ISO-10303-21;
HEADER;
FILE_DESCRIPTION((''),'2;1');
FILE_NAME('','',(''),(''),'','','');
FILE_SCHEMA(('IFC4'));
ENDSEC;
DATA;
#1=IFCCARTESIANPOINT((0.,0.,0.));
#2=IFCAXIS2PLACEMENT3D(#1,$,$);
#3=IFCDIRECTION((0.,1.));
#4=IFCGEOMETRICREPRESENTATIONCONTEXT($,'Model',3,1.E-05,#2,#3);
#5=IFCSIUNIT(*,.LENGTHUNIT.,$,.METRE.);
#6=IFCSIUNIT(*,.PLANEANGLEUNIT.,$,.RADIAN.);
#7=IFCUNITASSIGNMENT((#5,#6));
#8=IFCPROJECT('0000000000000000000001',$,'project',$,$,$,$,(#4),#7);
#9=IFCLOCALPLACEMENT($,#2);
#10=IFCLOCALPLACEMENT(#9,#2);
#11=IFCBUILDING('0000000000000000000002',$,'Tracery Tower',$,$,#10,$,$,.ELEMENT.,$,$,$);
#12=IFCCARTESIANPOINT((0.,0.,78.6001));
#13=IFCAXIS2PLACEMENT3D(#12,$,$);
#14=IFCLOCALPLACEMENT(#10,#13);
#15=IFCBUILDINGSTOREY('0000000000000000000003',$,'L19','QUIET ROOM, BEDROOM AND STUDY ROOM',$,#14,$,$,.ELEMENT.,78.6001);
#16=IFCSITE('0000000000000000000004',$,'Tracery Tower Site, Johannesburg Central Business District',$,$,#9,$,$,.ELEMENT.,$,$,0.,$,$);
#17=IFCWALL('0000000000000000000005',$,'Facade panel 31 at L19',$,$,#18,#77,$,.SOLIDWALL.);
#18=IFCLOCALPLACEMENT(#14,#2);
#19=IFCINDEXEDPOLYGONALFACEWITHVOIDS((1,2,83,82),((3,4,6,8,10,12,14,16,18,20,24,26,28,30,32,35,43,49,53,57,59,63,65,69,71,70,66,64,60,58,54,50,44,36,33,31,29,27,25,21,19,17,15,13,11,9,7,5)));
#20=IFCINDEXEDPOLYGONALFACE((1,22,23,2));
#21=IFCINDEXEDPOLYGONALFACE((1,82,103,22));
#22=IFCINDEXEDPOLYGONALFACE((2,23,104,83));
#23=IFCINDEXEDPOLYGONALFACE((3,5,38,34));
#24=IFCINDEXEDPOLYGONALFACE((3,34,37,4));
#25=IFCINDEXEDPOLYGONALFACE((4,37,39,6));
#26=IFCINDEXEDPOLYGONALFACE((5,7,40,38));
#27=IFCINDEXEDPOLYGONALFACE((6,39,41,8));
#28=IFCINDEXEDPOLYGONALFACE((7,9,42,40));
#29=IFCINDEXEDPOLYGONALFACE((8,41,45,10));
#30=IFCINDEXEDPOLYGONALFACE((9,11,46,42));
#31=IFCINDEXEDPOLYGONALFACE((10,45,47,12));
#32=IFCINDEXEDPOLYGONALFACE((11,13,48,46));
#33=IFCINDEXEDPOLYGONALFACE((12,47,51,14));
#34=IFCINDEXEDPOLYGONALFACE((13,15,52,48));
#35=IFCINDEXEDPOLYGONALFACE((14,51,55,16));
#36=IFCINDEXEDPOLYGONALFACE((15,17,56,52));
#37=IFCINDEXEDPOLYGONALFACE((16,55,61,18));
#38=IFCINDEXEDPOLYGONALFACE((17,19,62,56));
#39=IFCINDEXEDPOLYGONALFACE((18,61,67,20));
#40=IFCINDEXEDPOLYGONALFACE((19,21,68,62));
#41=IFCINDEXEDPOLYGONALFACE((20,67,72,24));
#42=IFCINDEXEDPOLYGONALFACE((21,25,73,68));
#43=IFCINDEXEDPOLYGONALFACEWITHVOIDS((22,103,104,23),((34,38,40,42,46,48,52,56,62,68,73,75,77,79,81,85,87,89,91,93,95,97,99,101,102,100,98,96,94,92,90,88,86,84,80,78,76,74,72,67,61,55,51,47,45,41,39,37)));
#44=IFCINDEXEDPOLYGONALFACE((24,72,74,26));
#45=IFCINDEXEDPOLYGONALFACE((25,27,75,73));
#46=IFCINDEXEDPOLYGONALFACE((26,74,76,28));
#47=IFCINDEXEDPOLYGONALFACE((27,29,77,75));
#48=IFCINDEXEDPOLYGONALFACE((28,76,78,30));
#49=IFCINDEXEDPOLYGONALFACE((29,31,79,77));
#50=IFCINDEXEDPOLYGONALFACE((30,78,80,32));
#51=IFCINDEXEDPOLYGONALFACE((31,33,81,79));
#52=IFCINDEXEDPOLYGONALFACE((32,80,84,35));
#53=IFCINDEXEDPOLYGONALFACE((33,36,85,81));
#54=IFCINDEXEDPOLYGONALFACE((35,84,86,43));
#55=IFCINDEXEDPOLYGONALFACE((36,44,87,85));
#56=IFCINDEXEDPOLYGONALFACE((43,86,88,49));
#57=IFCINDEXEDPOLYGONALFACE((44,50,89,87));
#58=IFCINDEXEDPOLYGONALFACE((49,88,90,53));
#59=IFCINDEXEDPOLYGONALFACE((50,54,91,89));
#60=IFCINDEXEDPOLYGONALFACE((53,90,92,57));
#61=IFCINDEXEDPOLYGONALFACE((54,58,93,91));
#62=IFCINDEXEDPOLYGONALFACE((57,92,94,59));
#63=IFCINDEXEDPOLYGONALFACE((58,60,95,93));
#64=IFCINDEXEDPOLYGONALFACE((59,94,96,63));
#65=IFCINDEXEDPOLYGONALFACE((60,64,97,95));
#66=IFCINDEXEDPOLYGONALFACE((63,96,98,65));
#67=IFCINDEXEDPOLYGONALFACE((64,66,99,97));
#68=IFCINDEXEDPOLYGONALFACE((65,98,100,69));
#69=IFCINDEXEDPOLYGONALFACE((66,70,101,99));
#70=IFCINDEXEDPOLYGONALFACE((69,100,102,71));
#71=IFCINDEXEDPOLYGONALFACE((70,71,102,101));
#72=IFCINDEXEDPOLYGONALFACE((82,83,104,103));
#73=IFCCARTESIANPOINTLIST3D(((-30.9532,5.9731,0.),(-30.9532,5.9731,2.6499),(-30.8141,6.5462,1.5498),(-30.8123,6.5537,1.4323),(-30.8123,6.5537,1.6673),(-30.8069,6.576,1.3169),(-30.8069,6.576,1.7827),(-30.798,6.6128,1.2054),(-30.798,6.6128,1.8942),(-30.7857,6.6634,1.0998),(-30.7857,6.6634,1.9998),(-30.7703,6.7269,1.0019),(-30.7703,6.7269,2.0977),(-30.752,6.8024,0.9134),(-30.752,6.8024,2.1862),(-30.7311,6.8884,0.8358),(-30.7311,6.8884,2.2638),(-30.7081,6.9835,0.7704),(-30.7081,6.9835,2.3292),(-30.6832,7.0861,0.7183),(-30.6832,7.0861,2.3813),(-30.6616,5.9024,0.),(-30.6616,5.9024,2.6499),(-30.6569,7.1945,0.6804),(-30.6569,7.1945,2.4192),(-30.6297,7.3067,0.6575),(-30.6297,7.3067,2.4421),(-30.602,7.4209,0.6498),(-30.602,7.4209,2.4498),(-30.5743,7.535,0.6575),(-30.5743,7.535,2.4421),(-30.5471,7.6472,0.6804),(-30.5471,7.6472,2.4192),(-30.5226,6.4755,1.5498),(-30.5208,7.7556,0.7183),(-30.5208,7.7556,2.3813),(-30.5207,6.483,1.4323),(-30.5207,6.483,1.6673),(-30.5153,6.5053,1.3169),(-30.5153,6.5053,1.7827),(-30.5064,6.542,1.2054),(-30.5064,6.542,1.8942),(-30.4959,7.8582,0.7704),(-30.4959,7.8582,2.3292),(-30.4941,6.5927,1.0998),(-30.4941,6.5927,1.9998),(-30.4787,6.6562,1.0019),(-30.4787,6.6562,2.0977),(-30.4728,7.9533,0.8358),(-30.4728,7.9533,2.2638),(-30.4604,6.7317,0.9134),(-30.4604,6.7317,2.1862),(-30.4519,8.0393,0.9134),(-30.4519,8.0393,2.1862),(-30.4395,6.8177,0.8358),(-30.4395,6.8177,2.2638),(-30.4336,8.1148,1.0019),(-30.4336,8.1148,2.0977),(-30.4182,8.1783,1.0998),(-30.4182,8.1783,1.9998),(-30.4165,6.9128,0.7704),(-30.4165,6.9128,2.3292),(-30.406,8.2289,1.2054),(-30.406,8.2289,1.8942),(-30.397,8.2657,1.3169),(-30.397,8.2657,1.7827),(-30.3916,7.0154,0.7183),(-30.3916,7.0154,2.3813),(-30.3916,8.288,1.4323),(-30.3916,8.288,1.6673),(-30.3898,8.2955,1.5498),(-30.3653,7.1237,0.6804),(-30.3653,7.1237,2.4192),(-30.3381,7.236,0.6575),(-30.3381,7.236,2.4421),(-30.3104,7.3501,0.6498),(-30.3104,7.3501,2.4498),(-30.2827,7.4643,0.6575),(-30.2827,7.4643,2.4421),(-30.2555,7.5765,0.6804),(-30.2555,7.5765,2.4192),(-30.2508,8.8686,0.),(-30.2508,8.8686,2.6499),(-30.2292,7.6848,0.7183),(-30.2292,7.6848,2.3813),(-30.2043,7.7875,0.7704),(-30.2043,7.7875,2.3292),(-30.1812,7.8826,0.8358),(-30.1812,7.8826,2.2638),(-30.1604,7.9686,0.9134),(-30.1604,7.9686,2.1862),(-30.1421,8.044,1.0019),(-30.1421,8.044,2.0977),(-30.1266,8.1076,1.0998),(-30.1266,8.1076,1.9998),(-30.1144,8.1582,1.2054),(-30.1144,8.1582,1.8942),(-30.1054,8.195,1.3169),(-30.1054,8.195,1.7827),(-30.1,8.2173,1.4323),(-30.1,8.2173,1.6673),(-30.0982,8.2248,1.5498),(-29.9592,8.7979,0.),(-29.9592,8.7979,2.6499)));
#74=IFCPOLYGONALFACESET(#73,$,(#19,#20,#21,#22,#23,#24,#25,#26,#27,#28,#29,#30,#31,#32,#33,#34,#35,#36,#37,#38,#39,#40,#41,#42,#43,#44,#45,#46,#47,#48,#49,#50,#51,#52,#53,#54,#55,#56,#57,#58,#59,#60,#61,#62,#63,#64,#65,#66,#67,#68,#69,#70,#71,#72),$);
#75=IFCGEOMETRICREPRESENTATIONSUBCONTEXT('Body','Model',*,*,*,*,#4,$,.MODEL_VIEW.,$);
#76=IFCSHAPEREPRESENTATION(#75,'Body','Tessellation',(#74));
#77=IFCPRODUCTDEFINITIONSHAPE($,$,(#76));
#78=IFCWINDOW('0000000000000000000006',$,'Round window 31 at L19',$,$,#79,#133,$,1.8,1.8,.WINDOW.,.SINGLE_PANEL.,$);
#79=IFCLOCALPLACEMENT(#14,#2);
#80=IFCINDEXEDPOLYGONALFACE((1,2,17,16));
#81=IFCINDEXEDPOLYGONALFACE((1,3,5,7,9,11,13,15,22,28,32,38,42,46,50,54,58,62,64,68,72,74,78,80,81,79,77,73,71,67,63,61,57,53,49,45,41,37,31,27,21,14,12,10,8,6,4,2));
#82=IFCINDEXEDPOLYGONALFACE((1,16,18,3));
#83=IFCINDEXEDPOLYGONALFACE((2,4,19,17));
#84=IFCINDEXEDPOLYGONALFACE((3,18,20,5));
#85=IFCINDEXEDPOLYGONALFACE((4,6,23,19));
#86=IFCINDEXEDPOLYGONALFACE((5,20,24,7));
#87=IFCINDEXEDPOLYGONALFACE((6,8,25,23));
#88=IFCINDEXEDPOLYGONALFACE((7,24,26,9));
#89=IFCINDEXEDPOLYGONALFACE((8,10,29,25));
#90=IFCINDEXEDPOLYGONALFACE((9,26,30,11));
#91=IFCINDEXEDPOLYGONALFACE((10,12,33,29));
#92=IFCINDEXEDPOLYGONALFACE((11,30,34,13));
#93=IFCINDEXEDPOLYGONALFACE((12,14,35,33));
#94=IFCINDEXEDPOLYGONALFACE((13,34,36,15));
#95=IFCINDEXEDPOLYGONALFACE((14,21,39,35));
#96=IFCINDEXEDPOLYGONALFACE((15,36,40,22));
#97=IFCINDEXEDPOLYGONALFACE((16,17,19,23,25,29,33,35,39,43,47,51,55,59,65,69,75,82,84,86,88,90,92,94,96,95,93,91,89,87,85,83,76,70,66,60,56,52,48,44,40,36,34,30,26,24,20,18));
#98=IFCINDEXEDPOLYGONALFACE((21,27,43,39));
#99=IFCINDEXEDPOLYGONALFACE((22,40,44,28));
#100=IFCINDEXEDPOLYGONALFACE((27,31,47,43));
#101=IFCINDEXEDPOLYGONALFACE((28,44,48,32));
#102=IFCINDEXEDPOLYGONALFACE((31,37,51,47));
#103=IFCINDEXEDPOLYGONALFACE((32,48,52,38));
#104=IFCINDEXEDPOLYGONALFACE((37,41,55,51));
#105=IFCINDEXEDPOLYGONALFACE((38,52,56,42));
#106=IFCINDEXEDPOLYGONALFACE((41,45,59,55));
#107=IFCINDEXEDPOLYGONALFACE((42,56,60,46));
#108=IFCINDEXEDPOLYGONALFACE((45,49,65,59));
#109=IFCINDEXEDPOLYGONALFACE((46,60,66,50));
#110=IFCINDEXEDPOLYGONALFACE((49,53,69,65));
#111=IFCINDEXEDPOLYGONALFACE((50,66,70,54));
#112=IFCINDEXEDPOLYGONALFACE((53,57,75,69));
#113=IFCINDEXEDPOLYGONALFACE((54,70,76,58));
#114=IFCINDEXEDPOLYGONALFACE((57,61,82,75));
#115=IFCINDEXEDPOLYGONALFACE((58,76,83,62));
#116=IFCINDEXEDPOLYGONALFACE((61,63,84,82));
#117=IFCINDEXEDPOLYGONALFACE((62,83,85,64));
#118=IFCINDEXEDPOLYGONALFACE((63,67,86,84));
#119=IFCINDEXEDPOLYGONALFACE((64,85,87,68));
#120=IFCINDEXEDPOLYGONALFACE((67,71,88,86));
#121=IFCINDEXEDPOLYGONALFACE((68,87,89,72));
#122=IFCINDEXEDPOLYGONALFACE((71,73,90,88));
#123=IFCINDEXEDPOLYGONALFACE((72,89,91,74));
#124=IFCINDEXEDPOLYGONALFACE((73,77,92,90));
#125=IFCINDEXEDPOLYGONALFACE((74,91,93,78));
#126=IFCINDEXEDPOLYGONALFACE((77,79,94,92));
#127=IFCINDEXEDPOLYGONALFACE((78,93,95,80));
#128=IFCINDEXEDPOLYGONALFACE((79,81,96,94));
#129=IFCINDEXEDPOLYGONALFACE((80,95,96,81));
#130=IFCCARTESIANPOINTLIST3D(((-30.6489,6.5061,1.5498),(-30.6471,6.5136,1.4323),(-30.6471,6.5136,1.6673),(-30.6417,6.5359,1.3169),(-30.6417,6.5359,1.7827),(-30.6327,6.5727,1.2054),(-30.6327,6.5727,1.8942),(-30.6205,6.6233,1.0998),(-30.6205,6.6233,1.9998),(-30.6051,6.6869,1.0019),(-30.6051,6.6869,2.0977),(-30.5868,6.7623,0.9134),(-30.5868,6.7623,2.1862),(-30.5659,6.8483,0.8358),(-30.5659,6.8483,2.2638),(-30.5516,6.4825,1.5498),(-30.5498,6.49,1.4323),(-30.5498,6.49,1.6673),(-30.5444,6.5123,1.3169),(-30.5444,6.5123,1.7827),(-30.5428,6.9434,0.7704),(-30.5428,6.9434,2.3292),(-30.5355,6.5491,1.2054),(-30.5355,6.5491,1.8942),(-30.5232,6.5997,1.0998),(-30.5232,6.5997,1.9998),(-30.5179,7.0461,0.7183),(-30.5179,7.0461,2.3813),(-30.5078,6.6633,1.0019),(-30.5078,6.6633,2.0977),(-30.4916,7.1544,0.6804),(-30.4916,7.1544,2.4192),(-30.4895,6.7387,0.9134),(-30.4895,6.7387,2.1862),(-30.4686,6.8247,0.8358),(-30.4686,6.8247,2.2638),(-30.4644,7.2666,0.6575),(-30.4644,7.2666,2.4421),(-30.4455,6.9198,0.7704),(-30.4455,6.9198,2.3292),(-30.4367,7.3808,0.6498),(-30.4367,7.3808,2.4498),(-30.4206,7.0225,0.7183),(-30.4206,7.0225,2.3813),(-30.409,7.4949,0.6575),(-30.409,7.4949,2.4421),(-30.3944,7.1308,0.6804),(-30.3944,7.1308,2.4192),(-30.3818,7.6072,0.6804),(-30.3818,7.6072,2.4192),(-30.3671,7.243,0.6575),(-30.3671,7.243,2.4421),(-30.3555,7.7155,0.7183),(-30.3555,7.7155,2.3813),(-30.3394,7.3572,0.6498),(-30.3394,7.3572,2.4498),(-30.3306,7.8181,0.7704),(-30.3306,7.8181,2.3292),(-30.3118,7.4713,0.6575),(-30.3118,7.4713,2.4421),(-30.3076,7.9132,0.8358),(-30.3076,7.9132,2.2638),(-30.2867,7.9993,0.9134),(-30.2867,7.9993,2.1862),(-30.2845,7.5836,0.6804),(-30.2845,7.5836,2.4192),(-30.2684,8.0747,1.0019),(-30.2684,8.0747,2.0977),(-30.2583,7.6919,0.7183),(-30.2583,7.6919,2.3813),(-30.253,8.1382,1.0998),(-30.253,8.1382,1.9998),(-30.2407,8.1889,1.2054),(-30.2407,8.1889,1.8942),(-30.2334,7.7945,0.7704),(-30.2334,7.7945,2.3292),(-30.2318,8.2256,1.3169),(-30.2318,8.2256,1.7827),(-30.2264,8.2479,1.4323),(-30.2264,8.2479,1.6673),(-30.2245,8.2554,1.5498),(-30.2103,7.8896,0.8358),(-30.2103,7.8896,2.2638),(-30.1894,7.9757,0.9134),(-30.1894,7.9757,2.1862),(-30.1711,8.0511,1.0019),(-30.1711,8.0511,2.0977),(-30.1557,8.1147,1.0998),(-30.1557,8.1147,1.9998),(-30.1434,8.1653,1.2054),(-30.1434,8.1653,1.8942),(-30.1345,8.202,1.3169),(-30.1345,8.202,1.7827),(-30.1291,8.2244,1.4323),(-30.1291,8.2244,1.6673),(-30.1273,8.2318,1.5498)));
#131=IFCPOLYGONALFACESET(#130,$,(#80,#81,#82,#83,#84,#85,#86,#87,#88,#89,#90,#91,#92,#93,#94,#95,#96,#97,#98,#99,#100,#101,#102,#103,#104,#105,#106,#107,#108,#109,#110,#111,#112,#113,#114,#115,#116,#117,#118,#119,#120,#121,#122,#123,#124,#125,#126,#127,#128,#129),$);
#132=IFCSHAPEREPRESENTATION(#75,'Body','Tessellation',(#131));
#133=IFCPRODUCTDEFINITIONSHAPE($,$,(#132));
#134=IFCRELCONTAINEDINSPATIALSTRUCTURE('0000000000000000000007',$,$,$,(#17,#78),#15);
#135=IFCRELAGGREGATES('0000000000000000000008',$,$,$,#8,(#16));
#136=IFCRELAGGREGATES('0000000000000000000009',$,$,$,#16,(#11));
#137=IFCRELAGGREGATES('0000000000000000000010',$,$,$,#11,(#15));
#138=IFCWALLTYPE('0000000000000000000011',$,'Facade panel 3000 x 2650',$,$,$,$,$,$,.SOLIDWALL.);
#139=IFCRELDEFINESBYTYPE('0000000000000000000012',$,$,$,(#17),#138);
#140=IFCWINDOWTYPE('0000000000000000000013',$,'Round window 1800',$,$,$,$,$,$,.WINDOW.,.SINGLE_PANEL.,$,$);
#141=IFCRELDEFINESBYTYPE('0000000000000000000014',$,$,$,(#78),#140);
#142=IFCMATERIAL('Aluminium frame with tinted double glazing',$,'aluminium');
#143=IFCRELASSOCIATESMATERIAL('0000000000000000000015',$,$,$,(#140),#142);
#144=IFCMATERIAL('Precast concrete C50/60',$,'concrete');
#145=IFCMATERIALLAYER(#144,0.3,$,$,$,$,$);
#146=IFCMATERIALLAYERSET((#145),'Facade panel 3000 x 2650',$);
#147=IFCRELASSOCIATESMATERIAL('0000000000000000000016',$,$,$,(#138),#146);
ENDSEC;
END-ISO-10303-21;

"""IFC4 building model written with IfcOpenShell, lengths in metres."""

from ifc_helpers import new_model, si_unit, direction, frame, frame_2d, origin, origin_2d, place, context, subcontext, project, spatial, rectangle, circle, extrude, material, layer, layer_set, type_object, element, fill, save


model = new_model("IFC4")

# Units and contexts
model_context = context("Model", 3, precision=1e-05, world=origin(), true_north=direction((0.0, 1.0)))
body_context = subcontext(model_context, "Body", "Model", "MODEL_VIEW")
ifc_project = project(units=[si_unit("LENGTHUNIT", "METRE"), si_unit("PLANEANGLEUNIT", "RADIAN")], contexts=[model_context])

# Site, building, storey
site_placement = place(None, origin())
site = spatial("IfcSite", under=ifc_project, at=site_placement, Name="Tracery Tower Site, Johannesburg Central Business District", CompositionType="ELEMENT", RefElevation=0.0)
building_placement = place(site_placement, origin())
building = spatial("IfcBuilding", under=site, at=building_placement, Name="Tracery Tower", CompositionType="ELEMENT")
storey_placement = place(building_placement, frame((0.0, 0.0, 78.6001)))
storey = spatial("IfcBuildingStorey", under=building, at=storey_placement, Name="L19", Description="QUIET ROOM, BEDROOM AND STUDY ROOM", CompositionType="ELEMENT", Elevation=78.6001)

# Wall, opening, window
ifc_material_1 = material(Name="Aluminium frame with tinted double glazing", Category="aluminium")
window_type = type_object("IfcWindowType", Name="Round window 1800", PartitioningType="SINGLE_PANEL", PredefinedType="WINDOW", material=ifc_material_1)
ifc_material_2 = material(Name="Precast concrete C50/60", Category="concrete")
ifc_layer_1 = layer(ifc_material_2, 0.3)
ifc_layer_set_1 = layer_set([ifc_layer_1], Name="Facade panel 3000 x 2650")
wall_type_1 = type_object("IfcWallType", Name="Facade panel 3000 x 2650", PredefinedType="SOLIDWALL", material=ifc_layer_set_1)
wall_1_placement = place(storey_placement, frame((-30.105, 8.8333, 0.0), z_axis=(0.0, 0.0, 1.0), x_axis=(-0.235743, -0.971815, 0.0)))
wall_1 = element("IfcWall", 1, at=wall_1_placement, inside=storey, type_object=wall_type_1, Name="Facade panel 31 at L19", PredefinedType="SOLIDWALL", context=body_context, shape_type="SweptSolid", body=[
    extrude(rectangle(XDim=2.9795, YDim=0.3, at=frame_2d((1.4897, 0.0))), origin(), (0.0, 0.0, 1.0), 2.6499),
])
opening_1_placement = place(wall_1_placement, frame((1.4897, 0.0, 1.5498)))
opening_1 = element("IfcOpeningElement", 2, at=opening_1_placement, cuts=wall_1, PredefinedType="OPENING", context=body_context, shape_type="SweptSolid", body=[
    extrude(circle(Radius=0.9, at=origin_2d()), frame((0.0, 0.1599, 0.0), z_axis=(0.0, -1.0, 0.0), x_axis=(1.0, 0.0, 0.0)), (0.0, 0.0, 1.0), 0.3201),
])
window_1_placement = place(opening_1_placement, origin())
window_1 = element("IfcWindow", 3, at=window_1_placement, inside=storey, type_object=window_type, Name="Round window 31 at L19", OverallHeight=1.8, OverallWidth=1.8, PartitioningType="SINGLE_PANEL", PredefinedType="WINDOW", context=body_context, shape_type="SweptSolid", body=[
    extrude(circle(Radius=0.9, at=origin_2d()), frame((0.0, 0.1201, 0.0), z_axis=(0.0, -1.0, 0.0), x_axis=(1.0, 0.0, 0.0)), (0.0, 0.0, 1.0), 0.1001),
])
fill(opening_1, window_1)

save(model, "model.ifc")
